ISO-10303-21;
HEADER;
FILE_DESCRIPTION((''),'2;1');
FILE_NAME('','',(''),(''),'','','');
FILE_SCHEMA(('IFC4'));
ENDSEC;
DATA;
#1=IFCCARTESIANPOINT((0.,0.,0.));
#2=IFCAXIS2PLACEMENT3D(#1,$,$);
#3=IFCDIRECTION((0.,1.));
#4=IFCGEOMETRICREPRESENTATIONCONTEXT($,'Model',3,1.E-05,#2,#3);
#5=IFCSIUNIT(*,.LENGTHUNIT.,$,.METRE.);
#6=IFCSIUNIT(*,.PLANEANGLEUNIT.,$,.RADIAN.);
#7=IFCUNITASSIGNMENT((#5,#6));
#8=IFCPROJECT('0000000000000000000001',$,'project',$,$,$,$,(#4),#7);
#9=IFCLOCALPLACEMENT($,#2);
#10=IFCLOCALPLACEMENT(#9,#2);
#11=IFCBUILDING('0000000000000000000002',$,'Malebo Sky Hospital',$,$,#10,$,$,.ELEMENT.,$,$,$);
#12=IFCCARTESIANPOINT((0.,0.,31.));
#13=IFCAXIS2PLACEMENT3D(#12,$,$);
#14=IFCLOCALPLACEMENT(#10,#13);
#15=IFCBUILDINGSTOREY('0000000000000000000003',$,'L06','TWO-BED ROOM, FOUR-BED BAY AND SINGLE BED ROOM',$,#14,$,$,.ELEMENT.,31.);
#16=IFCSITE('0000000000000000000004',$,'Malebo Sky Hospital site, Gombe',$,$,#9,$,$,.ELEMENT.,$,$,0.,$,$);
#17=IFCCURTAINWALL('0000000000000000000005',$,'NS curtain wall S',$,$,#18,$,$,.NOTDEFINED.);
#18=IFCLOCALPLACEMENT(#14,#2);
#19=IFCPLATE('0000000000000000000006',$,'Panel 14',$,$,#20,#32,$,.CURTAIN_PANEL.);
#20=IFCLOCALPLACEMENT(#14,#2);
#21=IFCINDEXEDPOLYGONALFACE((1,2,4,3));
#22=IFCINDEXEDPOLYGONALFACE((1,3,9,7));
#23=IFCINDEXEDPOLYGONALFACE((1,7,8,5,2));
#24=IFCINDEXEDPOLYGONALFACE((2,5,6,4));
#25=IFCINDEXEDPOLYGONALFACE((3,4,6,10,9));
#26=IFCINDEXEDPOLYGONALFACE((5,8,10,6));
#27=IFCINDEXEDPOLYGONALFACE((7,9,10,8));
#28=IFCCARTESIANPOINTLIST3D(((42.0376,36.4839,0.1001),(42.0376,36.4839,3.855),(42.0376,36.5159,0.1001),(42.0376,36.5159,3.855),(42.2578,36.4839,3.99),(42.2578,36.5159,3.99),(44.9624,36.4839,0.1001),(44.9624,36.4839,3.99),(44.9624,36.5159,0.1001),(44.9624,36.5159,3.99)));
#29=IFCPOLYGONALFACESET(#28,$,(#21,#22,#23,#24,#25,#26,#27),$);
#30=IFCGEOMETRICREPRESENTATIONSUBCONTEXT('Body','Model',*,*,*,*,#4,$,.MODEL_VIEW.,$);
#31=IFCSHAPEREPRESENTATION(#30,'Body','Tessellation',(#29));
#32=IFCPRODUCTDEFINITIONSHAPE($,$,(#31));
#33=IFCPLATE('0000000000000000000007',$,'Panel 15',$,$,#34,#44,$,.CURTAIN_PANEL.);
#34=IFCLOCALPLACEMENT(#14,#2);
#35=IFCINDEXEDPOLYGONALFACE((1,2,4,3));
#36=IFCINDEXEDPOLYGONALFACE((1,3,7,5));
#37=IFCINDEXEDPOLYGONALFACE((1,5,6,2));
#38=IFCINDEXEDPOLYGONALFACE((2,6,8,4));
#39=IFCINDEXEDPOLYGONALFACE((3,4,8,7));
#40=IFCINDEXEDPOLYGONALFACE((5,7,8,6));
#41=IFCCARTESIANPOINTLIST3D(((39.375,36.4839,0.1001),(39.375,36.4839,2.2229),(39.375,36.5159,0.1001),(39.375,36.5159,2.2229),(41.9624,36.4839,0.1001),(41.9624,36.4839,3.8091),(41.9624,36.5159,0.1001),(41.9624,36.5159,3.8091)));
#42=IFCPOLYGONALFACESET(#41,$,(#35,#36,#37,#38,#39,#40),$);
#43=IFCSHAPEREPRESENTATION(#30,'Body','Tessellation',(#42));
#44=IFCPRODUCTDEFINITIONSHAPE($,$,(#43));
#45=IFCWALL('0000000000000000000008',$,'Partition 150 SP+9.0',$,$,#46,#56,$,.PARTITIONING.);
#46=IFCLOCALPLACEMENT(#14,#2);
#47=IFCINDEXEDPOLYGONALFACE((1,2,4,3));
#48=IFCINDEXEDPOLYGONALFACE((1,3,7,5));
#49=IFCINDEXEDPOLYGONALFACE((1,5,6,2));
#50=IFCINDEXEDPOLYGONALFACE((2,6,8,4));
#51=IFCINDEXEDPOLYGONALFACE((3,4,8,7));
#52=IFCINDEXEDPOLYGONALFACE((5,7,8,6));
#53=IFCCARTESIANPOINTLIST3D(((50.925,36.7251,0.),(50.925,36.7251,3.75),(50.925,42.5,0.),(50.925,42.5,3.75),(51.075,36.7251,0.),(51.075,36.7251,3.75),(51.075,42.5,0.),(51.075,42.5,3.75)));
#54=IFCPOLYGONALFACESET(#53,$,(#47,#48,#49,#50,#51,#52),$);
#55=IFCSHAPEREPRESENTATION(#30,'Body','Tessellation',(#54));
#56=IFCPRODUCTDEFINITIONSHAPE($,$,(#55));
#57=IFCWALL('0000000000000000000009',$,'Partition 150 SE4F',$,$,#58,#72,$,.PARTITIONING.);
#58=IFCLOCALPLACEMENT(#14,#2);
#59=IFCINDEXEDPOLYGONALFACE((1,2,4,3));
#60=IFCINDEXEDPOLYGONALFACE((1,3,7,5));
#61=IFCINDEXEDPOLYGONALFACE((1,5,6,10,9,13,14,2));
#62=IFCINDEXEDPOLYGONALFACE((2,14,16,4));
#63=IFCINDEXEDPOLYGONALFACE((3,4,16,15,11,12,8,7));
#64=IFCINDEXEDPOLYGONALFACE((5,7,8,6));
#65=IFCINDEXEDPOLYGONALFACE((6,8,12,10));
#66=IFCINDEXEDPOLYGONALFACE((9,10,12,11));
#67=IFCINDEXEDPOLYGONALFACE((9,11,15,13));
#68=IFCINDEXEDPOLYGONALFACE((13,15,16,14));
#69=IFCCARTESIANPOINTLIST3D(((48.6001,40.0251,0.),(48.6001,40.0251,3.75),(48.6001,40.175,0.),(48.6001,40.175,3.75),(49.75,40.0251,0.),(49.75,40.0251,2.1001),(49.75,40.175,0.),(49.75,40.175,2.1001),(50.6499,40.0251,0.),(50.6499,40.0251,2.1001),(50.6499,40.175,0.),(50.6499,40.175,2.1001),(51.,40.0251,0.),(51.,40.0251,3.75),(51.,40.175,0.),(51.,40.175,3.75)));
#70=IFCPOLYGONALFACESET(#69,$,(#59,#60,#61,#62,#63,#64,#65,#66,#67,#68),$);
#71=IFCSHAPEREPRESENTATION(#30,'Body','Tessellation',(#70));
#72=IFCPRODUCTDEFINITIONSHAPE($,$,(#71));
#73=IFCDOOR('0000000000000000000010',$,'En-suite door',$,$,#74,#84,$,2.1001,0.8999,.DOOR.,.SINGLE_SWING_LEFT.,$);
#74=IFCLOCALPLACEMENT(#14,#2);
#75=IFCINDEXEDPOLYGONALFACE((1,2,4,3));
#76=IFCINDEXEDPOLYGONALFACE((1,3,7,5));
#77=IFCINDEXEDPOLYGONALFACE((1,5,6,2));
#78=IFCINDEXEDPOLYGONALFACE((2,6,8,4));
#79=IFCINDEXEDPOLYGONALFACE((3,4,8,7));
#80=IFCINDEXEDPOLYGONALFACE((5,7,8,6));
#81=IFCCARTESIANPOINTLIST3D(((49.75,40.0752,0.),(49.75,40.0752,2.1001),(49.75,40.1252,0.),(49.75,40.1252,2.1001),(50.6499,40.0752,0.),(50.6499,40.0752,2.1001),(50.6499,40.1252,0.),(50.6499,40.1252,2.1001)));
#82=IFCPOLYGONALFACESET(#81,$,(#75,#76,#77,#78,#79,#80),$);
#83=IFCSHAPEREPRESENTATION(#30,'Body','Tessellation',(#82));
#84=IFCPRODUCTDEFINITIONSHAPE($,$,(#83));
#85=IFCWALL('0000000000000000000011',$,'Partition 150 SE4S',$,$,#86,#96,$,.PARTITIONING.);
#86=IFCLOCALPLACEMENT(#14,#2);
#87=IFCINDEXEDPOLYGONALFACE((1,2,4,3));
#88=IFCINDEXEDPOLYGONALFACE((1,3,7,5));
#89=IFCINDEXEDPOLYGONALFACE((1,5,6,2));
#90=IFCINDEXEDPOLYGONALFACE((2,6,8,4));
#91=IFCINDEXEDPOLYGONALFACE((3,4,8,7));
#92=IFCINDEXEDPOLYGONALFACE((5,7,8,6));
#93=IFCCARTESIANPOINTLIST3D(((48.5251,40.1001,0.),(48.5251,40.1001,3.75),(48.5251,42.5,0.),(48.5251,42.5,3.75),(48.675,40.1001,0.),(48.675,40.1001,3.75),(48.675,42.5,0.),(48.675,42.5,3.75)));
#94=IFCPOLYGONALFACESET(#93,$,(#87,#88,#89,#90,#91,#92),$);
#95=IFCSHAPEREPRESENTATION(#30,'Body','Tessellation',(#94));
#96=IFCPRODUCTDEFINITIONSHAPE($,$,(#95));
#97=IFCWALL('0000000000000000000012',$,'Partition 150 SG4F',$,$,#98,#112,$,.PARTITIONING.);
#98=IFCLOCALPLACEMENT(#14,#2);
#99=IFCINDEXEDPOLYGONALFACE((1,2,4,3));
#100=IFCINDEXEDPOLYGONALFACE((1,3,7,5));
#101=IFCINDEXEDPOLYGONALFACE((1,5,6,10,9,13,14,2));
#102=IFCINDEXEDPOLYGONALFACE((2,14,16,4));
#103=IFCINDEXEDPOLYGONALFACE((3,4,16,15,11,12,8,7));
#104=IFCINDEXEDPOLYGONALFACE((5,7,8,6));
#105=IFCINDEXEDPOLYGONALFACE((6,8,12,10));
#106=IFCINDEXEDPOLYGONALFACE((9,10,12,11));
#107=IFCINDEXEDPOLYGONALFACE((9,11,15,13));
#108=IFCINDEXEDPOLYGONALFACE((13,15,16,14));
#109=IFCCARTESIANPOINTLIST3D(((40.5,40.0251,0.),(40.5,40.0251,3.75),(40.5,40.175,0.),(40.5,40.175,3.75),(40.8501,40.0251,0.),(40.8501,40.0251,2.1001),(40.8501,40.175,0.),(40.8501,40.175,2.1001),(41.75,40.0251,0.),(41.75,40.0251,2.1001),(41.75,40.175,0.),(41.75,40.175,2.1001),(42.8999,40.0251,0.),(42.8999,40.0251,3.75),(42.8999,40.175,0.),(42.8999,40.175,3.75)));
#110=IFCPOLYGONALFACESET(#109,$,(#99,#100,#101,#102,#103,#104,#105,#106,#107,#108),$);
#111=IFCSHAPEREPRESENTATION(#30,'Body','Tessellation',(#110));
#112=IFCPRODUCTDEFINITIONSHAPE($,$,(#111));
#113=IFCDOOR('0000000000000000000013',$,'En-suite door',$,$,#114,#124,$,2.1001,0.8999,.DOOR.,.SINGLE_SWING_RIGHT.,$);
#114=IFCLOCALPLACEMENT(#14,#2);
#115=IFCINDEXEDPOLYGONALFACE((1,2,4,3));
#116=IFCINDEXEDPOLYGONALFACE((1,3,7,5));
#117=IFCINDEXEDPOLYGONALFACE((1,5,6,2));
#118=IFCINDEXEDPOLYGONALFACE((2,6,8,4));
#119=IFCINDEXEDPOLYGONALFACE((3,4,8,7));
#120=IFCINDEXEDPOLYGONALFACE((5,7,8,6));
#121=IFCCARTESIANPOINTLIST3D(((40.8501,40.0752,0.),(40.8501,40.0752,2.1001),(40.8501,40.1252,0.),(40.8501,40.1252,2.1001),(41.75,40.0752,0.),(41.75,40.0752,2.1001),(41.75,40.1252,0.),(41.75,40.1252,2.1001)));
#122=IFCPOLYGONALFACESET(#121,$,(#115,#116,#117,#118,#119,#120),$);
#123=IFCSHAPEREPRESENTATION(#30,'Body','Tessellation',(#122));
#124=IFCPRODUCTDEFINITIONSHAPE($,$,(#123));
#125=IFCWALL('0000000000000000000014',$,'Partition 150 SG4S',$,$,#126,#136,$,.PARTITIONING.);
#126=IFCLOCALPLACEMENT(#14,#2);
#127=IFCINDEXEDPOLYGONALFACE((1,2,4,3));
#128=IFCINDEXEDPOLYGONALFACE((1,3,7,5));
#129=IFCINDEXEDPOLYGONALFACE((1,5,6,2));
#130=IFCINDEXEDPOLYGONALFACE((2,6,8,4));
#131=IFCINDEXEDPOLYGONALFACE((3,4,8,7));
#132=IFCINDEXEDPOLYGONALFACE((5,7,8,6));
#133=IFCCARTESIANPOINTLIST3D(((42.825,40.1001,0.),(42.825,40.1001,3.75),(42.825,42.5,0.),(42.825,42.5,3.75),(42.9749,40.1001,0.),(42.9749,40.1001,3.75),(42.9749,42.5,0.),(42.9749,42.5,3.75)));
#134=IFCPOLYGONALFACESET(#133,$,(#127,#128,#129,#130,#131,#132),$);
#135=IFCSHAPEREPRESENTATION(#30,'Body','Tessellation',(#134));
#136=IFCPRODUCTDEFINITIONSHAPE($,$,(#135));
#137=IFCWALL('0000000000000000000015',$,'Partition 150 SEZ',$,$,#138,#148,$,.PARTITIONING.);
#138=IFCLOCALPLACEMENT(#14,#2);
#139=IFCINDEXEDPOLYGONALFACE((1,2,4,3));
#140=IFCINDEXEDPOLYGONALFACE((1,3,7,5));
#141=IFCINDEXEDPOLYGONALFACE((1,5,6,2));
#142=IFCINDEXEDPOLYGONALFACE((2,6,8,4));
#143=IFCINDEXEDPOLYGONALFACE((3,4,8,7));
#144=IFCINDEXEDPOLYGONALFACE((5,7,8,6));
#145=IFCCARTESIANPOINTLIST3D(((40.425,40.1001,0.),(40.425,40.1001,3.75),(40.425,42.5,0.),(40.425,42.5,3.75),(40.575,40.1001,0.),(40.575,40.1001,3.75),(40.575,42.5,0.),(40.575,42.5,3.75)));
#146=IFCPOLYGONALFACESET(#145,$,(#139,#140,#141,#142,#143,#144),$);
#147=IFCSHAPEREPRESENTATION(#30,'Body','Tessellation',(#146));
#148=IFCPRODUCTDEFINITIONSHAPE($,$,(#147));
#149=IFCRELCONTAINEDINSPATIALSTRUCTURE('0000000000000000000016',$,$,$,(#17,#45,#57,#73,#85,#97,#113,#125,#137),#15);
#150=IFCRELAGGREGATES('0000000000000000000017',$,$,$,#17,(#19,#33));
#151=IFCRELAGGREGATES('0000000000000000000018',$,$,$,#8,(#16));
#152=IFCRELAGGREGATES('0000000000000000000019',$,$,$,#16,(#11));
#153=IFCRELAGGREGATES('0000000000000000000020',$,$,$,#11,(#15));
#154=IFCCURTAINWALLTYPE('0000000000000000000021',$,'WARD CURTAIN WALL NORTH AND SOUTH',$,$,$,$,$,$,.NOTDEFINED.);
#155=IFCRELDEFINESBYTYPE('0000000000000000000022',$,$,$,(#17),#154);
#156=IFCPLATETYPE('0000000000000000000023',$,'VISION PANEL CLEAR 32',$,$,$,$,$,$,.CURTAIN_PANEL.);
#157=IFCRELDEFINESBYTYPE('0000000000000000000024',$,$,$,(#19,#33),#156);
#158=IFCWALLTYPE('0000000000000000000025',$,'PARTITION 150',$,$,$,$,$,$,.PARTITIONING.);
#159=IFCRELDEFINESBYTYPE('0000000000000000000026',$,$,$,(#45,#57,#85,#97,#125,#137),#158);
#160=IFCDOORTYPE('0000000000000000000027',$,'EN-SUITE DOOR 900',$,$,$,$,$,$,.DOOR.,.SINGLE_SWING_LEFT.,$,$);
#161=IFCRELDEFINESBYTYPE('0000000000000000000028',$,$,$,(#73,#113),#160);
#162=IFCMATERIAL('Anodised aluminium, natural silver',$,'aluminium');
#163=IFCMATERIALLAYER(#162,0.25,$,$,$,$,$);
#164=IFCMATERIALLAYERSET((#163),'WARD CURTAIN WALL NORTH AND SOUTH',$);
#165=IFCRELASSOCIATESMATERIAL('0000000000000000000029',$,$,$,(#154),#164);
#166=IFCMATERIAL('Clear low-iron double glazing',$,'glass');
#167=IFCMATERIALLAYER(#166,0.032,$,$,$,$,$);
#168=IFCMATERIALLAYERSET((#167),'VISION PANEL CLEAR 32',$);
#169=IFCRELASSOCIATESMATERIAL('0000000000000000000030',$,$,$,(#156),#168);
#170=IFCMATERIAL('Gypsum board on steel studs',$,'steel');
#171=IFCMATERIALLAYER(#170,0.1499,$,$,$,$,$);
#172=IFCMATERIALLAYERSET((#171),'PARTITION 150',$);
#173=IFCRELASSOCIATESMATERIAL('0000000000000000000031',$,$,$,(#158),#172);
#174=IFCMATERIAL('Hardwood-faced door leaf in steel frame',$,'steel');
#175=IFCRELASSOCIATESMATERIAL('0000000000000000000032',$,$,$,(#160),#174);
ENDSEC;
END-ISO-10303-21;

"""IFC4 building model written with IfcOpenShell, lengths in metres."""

from ifc_helpers import new_model, si_unit, direction, frame, frame_2d, origin, place, context, subcontext, project, spatial, polyline, rectangle, outline, extrude, material, layer, layer_set, type_object, element, fill, aggregate, save


model = new_model("IFC4")

# Units and contexts
model_context = context("Model", 3, precision=1e-05, world=origin(), true_north=direction((0.0, 1.0)))
body_context = subcontext(model_context, "Body", "Model", "MODEL_VIEW")
ifc_project = project(units=[si_unit("LENGTHUNIT", "METRE"), si_unit("PLANEANGLEUNIT", "RADIAN")], contexts=[model_context])

# Site, building, storey
site_placement = place(None, origin())
site = spatial("IfcSite", under=ifc_project, at=site_placement, Name="Malebo Sky Hospital site, Gombe", CompositionType="ELEMENT", RefElevation=0.0)
building_placement = place(site_placement, origin())
building = spatial("IfcBuilding", under=site, at=building_placement, Name="Malebo Sky Hospital", CompositionType="ELEMENT")
storey_placement = place(building_placement, frame((0.0, 0.0, 31.0)))
storey = spatial("IfcBuildingStorey", under=building, at=storey_placement, Name="L06", Description="TWO-BED ROOM, FOUR-BED BAY AND SINGLE BED ROOM", CompositionType="ELEMENT", Elevation=31.0)

# Curtain wall
ifc_material_1 = material(Name="Anodised aluminium, natural silver", Category="aluminium")
ifc_layer_1 = layer(ifc_material_1, 0.25)
ifc_layer_set_1 = layer_set([ifc_layer_1], Name="WARD CURTAIN WALL NORTH AND SOUTH")
curtain_wall_type = type_object("IfcCurtainWallType", Name="WARD CURTAIN WALL NORTH AND SOUTH", PredefinedType="NOTDEFINED", material=ifc_layer_set_1)
curtain_wall_placement = place(storey_placement, origin())
curtain_wall = element("IfcCurtainWall", 1, at=curtain_wall_placement, inside=storey, type_object=curtain_wall_type, Name="NS curtain wall S", PredefinedType="NOTDEFINED")

# Plates
ifc_material_2 = material(Name="Clear low-iron double glazing", Category="glass")
ifc_layer_2 = layer(ifc_material_2, 0.032)
ifc_layer_set_2 = layer_set([ifc_layer_2], Name="VISION PANEL CLEAR 32")
plate_type = type_object("IfcPlateType", Name="VISION PANEL CLEAR 32", PredefinedType="CURTAIN_PANEL", material=ifc_layer_set_2)
plate_1_placement = place(storey_placement, frame((43.5, 36.5, 0.1001), z_axis=(0.0, 0.0, 1.0), x_axis=(-1.0, 0.0, 0.0)))
plate_1 = element("IfcPlate", 2, at=plate_1_placement, type_object=plate_type, Name="Panel 14", PredefinedType="CURTAIN_PANEL", context=body_context, shape_type="SweptSolid", body=[
    extrude(outline(polyline([(-1.4624, 0.0), (1.4624, 0.0), (1.4624, 3.7549), (1.2422, 3.8899), (-1.4624, 3.8899), (-1.4624, 0.0)])), frame((0.0, 0.0161, 0.0), z_axis=(0.0, -1.0, 0.0), x_axis=(1.0, 0.0, 0.0)), (0.0, 0.0, 1.0), 0.032),
])
plate_2_placement = place(storey_placement, frame((40.6687, 36.5, 0.1001), z_axis=(0.0, 0.0, 1.0), x_axis=(-1.0, 0.0, 0.0)))
plate_2 = element("IfcPlate", 3, at=plate_2_placement, type_object=plate_type, Name="Panel 15", PredefinedType="CURTAIN_PANEL", context=body_context, shape_type="SweptSolid", body=[
    extrude(outline(polyline([(-1.2937, 0.0), (1.2937, 0.0), (1.2937, 2.1228), (-1.2937, 3.709), (-1.2937, 0.0)])), frame((0.0, 0.0161, 0.0), z_axis=(0.0, -1.0, 0.0), x_axis=(1.0, 0.0, 0.0)), (0.0, 0.0, 1.0), 0.032),
])
aggregate(curtain_wall, [plate_1, plate_2])

# Wall
ifc_material_3 = material(Name="Gypsum board on steel studs", Category="steel")
ifc_layer_3 = layer(ifc_material_3, 0.1499)
ifc_layer_set_3 = layer_set([ifc_layer_3], Name="PARTITION 150")
wall_type = type_object("IfcWallType", Name="PARTITION 150", PredefinedType="PARTITIONING", material=ifc_layer_set_3)
wall_1_placement = place(storey_placement, frame((51.0, 42.5, 0.0), z_axis=(0.0, 0.0, 1.0), x_axis=(0.0, -1.0, 0.0)))
element("IfcWall", 4, at=wall_1_placement, inside=storey, type_object=wall_type, Name="Partition 150 SP+9.0", PredefinedType="PARTITIONING", context=body_context, shape_type="SweptSolid", body=[
    extrude(rectangle(XDim=5.7749, YDim=0.1499, at=frame_2d((2.8875, 0.0))), origin(), (0.0, 0.0, 1.0), 3.75),
])

# Wall, opening, door
wall_2_placement = place(storey_placement, frame((51.0, 40.1001, 0.0), z_axis=(0.0, 0.0, 1.0), x_axis=(-1.0, 0.0, 0.0)))
wall_2 = element("IfcWall", 5, at=wall_2_placement, inside=storey, type_object=wall_type, Name="Partition 150 SE4F", PredefinedType="PARTITIONING", context=body_context, shape_type="SweptSolid", body=[
    extrude(rectangle(XDim=2.3999, YDim=0.1499, at=frame_2d((1.2, 0.0))), origin(), (0.0, 0.0, 1.0), 3.75),
])
opening_1_placement = place(wall_2_placement, frame((0.3501, 0.0, 0.0)))
opening_1 = element("IfcOpeningElement", 6, at=opening_1_placement, cuts=wall_2, PredefinedType="OPENING", context=body_context, shape_type="SweptSolid", body=[
    extrude(rectangle(XDim=0.8999, YDim=2.1001, at=frame_2d((0.45, 1.05))), frame((0.0, 0.085, 0.0), z_axis=(0.0, -1.0, 0.0), x_axis=(1.0, 0.0, 0.0)), (0.0, 0.0, 1.0), 0.1699),
])
ifc_material_4 = material(Name="Hardwood-faced door leaf in steel frame", Category="steel")
door_type = type_object("IfcDoorType", Name="EN-SUITE DOOR 900", OperationType="SINGLE_SWING_LEFT", PredefinedType="DOOR", material=ifc_material_4)
door_1_placement = place(opening_1_placement, origin())
door_1 = element("IfcDoor", 7, at=door_1_placement, inside=storey, type_object=door_type, Name="En-suite door", OperationType="SINGLE_SWING_LEFT", OverallHeight=2.1001, OverallWidth=0.8999, PredefinedType="DOOR", context=body_context, shape_type="SweptSolid", body=[
    extrude(rectangle(XDim=0.8999, YDim=2.1001, at=frame_2d((0.45, 1.05))), frame((0.0, 0.0249, 0.0), z_axis=(0.0, -1.0, 0.0), x_axis=(1.0, 0.0, 0.0)), (0.0, 0.0, 1.0), 0.05),
])
fill(opening_1, door_1)

# Wall
wall_3_placement = place(storey_placement, frame((48.6001, 42.5, 0.0), z_axis=(0.0, 0.0, 1.0), x_axis=(0.0, -1.0, 0.0)))
element("IfcWall", 8, at=wall_3_placement, inside=storey, type_object=wall_type, Name="Partition 150 SE4S", PredefinedType="PARTITIONING", context=body_context, shape_type="SweptSolid", body=[
    extrude(rectangle(XDim=2.3999, YDim=0.1499, at=frame_2d((1.2, 0.0))), origin(), (0.0, 0.0, 1.0), 3.75),
])

# Wall, opening, door
wall_4_placement = place(storey_placement, frame((42.8999, 40.1001, 0.0), z_axis=(0.0, 0.0, 1.0), x_axis=(-1.0, 0.0, 0.0)))
wall_4 = element("IfcWall", 9, at=wall_4_placement, inside=storey, type_object=wall_type, Name="Partition 150 SG4F", PredefinedType="PARTITIONING", context=body_context, shape_type="SweptSolid", body=[
    extrude(rectangle(XDim=2.3999, YDim=0.1499, at=frame_2d((1.2, 0.0))), origin(), (0.0, 0.0, 1.0), 3.75),
])
opening_2_placement = place(wall_4_placement, frame((1.1499, 0.0, 0.0)))
opening_2 = element("IfcOpeningElement", 10, at=opening_2_placement, cuts=wall_4, PredefinedType="OPENING", context=body_context, shape_type="SweptSolid", body=[
    extrude(rectangle(XDim=0.8999, YDim=2.1001, at=frame_2d((0.45, 1.05))), frame((0.0, 0.085, 0.0), z_axis=(0.0, -1.0, 0.0), x_axis=(1.0, 0.0, 0.0)), (0.0, 0.0, 1.0), 0.1699),
])
door_2_placement = place(opening_2_placement, origin())
door_2 = element("IfcDoor", 11, at=door_2_placement, inside=storey, type_object=door_type, Name="En-suite door", OperationType="SINGLE_SWING_RIGHT", OverallHeight=2.1001, OverallWidth=0.8999, PredefinedType="DOOR", context=body_context, shape_type="SweptSolid", body=[
    extrude(rectangle(XDim=0.8999, YDim=2.1001, at=frame_2d((0.45, 1.05))), frame((0.0, 0.0249, 0.0), z_axis=(0.0, -1.0, 0.0), x_axis=(1.0, 0.0, 0.0)), (0.0, 0.0, 1.0), 0.05),
])
fill(opening_2, door_2)

# Walls
for number, where, z_axis, x_axis, name in (
    (12, (42.8999, 42.5, 0.0), (0.0, 0.0, 1.0), (0.0, -1.0, 0.0), "Partition 150 SG4S"),
    (13, (40.5, 42.5, 0.0), (0.0, 0.0, 1.0), (0.0, -1.0, 0.0), "Partition 150 SEZ"),
):
    element("IfcWall", number, at=place(storey_placement, frame(where, z_axis=z_axis, x_axis=x_axis)), inside=storey, type_object=wall_type, Name=name, PredefinedType="PARTITIONING", context=body_context, shape_type="SweptSolid", body=[
        extrude(rectangle(XDim=2.3999, YDim=0.1499, at=frame_2d((1.2, 0.0))), origin(), (0.0, 0.0, 1.0), 3.75),
    ])

save(model, "model.ifc")
